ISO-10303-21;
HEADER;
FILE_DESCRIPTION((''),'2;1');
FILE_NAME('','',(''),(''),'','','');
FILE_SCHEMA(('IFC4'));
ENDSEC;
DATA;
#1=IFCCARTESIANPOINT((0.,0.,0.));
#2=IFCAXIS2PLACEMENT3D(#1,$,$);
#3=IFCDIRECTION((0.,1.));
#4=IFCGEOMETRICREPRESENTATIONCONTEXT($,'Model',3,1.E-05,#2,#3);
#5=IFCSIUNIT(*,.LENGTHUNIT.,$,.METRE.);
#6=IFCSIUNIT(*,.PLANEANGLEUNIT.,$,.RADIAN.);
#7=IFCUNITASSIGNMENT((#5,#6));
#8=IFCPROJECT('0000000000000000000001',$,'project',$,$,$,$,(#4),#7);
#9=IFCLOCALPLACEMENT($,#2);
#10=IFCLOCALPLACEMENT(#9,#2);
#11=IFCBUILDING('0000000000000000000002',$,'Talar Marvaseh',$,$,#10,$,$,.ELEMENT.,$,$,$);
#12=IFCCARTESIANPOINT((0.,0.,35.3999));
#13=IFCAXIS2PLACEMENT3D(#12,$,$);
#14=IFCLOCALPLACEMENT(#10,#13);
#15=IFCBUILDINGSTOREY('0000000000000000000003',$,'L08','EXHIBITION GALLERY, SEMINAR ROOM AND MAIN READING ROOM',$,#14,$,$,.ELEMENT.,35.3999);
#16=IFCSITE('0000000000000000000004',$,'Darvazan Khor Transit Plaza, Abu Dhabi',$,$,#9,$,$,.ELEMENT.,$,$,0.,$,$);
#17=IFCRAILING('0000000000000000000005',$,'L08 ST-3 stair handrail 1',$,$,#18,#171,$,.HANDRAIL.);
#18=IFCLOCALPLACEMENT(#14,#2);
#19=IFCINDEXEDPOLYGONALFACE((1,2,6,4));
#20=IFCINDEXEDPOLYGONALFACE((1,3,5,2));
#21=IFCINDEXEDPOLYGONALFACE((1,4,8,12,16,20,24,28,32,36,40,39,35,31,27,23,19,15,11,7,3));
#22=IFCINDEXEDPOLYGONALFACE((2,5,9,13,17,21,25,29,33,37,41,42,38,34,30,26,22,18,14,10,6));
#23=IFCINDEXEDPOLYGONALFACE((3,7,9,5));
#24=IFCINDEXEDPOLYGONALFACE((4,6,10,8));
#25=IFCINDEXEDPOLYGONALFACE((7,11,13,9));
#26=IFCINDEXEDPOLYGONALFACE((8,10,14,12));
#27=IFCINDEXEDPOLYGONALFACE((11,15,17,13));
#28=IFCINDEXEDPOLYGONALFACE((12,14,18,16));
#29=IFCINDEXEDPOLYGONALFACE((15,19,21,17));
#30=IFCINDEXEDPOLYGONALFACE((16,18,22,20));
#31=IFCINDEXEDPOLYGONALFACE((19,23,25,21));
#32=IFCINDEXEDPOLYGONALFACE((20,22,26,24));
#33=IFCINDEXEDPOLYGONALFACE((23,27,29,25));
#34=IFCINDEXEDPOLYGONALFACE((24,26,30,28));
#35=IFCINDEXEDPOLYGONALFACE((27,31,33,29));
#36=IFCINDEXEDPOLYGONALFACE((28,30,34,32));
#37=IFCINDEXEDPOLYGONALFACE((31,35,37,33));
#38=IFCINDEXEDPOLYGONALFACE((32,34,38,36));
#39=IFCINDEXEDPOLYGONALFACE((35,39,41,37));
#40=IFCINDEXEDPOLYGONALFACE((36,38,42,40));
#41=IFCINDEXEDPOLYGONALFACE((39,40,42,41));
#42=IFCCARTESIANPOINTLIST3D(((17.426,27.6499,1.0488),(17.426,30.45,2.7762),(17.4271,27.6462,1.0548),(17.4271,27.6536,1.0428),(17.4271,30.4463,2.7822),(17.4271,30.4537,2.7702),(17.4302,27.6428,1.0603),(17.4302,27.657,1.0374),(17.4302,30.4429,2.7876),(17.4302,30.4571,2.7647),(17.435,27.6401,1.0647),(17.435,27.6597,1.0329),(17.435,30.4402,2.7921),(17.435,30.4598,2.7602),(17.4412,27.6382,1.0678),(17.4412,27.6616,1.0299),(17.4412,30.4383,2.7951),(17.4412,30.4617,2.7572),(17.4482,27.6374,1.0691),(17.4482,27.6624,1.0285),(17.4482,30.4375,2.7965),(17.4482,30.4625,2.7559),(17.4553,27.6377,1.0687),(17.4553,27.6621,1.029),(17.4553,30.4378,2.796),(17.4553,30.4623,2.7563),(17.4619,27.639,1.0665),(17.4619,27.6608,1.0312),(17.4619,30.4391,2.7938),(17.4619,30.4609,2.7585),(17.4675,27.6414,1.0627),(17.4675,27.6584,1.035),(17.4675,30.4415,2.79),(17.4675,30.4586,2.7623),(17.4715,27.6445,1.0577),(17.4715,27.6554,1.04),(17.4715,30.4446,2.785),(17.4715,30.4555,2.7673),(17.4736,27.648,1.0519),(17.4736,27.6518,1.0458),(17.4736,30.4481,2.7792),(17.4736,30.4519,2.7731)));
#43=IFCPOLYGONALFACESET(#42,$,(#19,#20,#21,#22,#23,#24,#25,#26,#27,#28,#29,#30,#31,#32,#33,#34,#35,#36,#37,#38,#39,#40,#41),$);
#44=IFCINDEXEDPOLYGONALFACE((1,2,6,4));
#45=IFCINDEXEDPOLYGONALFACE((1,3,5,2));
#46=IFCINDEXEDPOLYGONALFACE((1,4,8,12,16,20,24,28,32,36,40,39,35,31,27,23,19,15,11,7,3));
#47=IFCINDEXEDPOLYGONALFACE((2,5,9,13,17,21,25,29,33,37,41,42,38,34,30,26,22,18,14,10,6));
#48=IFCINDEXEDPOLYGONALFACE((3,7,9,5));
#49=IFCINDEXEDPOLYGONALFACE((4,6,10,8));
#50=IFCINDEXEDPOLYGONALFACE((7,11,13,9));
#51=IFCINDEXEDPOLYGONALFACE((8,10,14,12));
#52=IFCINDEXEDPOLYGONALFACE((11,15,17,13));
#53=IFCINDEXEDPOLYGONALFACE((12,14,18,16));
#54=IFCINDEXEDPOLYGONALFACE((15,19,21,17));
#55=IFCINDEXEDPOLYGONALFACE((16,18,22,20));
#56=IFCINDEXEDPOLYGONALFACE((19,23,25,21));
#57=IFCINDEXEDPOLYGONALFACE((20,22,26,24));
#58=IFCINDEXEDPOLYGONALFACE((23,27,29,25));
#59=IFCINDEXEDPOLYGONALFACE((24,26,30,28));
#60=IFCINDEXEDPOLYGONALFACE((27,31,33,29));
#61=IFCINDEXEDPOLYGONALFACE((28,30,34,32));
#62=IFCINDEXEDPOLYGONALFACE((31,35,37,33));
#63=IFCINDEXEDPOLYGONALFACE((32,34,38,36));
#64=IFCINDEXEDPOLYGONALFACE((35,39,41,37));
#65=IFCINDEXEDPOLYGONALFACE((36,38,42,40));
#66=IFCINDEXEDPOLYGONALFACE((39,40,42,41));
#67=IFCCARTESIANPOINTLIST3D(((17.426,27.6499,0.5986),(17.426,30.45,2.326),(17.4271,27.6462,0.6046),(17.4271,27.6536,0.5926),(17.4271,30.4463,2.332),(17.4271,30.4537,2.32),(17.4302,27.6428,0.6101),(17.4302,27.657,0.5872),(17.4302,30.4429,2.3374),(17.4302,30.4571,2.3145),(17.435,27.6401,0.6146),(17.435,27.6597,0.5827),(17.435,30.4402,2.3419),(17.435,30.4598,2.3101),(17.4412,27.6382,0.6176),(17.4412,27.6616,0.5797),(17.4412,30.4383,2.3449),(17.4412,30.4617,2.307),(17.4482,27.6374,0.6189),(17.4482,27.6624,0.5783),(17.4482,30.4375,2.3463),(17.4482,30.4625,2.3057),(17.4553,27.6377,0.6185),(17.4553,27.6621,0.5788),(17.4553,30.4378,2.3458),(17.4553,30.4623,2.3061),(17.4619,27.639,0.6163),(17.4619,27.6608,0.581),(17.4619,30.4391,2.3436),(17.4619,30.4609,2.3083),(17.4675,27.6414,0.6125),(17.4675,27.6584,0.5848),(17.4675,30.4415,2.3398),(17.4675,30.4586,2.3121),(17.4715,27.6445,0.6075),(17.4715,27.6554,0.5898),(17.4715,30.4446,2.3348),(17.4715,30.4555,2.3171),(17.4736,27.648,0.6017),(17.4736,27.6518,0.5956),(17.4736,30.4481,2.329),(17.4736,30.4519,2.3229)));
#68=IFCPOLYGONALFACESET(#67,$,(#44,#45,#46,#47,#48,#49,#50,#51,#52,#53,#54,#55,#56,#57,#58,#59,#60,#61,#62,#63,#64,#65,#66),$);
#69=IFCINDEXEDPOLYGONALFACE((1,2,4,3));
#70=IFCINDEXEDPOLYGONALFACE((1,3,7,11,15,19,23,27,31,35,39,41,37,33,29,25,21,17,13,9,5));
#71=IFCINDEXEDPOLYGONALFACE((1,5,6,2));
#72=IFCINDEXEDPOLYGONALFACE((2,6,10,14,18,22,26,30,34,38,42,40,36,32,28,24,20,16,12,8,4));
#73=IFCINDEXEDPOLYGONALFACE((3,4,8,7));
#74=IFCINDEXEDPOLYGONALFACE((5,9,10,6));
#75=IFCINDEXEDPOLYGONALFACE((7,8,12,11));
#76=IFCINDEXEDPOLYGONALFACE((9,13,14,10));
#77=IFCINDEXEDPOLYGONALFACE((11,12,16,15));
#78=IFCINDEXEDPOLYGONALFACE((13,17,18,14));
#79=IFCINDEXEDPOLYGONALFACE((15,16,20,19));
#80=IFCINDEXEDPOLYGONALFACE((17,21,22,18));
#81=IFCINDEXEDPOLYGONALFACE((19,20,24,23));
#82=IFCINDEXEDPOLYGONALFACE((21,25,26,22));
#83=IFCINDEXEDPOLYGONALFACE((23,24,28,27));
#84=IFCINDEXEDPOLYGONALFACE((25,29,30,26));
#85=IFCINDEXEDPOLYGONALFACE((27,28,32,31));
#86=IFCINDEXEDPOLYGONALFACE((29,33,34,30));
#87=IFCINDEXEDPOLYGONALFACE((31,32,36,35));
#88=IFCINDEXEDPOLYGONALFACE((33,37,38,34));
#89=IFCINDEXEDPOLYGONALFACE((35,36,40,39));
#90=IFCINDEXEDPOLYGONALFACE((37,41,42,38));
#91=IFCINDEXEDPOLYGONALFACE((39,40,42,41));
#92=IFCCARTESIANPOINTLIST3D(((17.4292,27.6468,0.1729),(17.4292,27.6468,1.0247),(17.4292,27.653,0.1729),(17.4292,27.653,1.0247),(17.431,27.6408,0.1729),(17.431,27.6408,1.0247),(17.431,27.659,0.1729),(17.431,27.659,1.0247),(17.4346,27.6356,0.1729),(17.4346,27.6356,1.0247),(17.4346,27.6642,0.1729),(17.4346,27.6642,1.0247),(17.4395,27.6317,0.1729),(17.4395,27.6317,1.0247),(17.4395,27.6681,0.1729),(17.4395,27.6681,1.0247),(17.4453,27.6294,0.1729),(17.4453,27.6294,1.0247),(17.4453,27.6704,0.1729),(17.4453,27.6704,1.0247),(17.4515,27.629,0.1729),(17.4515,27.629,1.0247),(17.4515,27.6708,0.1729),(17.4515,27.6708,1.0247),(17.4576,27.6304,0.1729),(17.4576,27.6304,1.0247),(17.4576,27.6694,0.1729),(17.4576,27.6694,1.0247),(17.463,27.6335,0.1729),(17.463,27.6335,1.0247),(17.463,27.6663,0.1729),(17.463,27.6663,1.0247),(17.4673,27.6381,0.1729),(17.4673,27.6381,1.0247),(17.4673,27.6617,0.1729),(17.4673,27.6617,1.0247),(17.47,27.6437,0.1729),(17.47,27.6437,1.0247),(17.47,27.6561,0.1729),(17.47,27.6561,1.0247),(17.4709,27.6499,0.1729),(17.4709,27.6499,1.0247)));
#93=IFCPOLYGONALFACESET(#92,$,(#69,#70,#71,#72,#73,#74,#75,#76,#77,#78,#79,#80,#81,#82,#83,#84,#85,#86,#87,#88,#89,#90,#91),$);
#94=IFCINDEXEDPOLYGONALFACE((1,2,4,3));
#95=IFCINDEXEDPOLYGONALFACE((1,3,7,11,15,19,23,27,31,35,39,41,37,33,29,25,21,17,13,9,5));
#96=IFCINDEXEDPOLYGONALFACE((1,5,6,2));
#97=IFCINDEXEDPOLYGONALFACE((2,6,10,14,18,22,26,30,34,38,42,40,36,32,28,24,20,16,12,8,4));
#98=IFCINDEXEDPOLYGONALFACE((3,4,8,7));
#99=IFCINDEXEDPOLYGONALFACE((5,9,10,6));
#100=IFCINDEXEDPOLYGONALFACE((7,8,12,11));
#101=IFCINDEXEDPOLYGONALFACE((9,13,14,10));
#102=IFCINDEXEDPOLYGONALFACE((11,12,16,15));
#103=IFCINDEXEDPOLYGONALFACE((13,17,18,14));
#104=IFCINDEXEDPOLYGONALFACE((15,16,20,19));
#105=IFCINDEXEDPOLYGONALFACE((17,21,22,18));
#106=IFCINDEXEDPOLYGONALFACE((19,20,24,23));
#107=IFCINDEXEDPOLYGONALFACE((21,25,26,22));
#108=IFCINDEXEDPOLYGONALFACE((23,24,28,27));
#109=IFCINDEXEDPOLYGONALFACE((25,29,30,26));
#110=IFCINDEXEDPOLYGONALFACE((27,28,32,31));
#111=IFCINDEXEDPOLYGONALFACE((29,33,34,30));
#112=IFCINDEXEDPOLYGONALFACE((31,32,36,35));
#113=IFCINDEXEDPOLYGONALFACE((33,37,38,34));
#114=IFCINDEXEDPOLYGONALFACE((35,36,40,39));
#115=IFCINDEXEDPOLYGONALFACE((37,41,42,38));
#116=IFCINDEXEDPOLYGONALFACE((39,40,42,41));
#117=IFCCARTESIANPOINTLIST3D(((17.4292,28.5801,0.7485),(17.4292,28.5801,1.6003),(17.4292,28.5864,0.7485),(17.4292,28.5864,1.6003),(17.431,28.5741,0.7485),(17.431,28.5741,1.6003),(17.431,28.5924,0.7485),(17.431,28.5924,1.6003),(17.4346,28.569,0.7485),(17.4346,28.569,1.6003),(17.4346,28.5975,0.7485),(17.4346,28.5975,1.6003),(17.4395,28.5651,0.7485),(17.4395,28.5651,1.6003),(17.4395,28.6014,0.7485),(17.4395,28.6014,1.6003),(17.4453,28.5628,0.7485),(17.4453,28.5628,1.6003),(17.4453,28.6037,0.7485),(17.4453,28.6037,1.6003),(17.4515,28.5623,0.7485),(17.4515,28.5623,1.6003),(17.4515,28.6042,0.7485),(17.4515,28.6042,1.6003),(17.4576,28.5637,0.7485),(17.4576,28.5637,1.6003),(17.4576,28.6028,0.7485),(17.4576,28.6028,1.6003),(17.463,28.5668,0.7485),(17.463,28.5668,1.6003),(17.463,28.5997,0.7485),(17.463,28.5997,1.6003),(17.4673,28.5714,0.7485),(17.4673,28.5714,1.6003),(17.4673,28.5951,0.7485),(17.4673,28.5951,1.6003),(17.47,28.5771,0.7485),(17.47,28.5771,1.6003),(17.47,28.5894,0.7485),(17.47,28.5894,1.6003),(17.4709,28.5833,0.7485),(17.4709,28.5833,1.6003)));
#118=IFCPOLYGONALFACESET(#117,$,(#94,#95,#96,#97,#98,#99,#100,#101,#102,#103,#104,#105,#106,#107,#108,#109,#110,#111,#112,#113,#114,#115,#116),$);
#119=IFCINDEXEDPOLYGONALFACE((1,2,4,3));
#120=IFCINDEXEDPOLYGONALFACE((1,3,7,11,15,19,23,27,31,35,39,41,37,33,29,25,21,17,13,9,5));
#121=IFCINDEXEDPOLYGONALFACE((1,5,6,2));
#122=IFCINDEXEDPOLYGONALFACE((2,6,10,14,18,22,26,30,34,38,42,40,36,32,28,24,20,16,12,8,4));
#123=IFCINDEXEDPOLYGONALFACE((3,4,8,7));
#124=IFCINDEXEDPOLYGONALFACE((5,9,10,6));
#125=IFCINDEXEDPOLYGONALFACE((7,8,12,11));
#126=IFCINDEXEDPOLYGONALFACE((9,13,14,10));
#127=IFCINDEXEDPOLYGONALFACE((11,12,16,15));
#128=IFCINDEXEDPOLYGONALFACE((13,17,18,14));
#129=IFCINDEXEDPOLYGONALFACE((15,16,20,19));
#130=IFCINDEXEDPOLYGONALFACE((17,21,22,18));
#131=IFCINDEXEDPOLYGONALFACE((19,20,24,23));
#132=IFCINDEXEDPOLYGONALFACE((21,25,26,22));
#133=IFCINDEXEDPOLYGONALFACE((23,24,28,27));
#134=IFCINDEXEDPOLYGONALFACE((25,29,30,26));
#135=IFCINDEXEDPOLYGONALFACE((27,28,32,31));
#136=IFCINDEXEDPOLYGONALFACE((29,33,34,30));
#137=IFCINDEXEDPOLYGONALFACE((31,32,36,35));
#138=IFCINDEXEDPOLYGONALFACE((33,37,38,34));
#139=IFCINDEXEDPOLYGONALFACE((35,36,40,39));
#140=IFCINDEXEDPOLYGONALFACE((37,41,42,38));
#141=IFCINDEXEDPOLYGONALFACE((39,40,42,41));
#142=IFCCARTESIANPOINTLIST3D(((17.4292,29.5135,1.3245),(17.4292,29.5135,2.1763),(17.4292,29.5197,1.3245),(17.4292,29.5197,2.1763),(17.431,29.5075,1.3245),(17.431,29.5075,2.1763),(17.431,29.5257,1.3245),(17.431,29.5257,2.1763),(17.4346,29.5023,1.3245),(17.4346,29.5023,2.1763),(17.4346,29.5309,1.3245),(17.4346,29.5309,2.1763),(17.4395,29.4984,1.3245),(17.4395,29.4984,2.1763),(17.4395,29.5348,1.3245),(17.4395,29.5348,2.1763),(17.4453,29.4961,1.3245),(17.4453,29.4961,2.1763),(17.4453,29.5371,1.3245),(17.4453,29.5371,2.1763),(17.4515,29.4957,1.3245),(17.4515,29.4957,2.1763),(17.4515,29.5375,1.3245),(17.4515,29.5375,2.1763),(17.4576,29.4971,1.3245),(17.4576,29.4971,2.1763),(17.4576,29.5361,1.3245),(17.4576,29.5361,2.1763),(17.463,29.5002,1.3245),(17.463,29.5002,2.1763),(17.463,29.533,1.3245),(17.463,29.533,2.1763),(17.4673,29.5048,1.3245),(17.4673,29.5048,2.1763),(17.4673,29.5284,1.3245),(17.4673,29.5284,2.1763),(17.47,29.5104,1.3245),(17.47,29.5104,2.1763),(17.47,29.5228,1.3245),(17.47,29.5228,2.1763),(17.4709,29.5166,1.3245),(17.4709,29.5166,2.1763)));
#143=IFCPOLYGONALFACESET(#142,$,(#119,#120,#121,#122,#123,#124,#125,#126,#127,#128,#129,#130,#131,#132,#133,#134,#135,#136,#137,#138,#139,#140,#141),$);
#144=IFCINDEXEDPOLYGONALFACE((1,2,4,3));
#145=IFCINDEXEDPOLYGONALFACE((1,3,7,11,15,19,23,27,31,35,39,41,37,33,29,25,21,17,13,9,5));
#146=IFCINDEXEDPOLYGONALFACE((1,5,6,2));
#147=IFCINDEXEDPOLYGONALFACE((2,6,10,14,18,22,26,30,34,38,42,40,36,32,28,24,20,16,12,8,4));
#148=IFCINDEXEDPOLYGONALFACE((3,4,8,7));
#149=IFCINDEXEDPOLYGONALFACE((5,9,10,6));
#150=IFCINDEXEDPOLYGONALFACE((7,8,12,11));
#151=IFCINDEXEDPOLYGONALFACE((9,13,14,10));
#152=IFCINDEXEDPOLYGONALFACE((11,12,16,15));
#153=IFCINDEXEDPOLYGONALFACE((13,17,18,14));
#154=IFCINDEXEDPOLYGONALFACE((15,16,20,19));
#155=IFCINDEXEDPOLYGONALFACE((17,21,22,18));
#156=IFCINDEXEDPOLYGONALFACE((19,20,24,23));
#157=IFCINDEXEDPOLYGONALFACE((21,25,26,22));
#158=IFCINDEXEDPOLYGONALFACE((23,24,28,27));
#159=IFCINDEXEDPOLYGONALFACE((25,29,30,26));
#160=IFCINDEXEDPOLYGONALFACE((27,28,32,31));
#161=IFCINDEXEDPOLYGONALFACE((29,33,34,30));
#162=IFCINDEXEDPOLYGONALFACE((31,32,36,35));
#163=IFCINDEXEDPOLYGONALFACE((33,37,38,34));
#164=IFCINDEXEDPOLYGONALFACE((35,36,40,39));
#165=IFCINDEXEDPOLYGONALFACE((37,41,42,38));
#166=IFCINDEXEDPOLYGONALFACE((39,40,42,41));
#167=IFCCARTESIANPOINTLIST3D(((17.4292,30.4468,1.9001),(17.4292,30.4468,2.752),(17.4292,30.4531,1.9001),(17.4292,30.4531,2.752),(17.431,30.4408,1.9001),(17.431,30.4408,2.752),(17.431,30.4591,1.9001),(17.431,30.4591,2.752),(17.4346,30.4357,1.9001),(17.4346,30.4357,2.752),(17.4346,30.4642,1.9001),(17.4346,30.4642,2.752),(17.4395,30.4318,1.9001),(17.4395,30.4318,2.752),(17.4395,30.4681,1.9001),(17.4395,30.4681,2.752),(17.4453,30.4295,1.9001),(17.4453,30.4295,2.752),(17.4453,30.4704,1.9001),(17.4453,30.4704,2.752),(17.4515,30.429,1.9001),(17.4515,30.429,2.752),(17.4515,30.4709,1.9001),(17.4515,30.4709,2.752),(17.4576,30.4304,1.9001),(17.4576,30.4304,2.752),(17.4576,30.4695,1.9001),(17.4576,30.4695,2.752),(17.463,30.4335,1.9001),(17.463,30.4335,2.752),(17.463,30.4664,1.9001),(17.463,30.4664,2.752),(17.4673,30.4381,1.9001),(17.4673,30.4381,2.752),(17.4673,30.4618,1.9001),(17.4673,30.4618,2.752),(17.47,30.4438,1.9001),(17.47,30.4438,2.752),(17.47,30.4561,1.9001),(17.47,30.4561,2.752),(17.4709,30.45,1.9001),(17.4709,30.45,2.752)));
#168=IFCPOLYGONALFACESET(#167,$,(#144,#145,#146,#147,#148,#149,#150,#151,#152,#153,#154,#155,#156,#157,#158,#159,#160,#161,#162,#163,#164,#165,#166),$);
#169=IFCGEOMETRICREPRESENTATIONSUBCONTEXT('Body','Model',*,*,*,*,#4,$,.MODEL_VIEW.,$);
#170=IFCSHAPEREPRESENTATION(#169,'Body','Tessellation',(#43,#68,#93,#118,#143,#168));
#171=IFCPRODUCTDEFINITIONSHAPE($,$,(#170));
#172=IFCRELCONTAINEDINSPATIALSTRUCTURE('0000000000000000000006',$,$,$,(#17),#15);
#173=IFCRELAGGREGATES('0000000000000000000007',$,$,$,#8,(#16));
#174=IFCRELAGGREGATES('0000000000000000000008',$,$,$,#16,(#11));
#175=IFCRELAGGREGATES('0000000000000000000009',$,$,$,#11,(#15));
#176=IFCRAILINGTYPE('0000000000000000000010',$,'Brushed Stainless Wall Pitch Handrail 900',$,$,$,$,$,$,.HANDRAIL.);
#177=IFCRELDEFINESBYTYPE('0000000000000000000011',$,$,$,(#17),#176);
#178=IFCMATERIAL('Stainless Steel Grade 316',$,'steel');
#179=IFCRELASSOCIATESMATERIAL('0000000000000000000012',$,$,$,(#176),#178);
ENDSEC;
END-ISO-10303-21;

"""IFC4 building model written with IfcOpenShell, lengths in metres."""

from ifc_helpers import new_model, si_unit, direction, frame, origin, origin_2d, place, context, subcontext, project, spatial, circle, extrude, material, type_object, element, save


model = new_model("IFC4")

# Units and contexts
model_context = context("Model", 3, precision=1e-05, world=origin(), true_north=direction((0.0, 1.0)))
body_context = subcontext(model_context, "Body", "Model", "MODEL_VIEW")
ifc_project = project(units=[si_unit("LENGTHUNIT", "METRE"), si_unit("PLANEANGLEUNIT", "RADIAN")], contexts=[model_context])

# Site, building, storey
site_placement = place(None, origin())
site = spatial("IfcSite", under=ifc_project, at=site_placement, Name="Darvazan Khor Transit Plaza, Abu Dhabi", CompositionType="ELEMENT", RefElevation=0.0)
building_placement = place(site_placement, origin())
building = spatial("IfcBuilding", under=site, at=building_placement, Name="Talar Marvaseh", CompositionType="ELEMENT")
storey_placement = place(building_placement, frame((0.0, 0.0, 35.3999)))
storey = spatial("IfcBuildingStorey", under=building, at=storey_placement, Name="L08", Description="EXHIBITION GALLERY, SEMINAR ROOM AND MAIN READING ROOM", CompositionType="ELEMENT", Elevation=35.3999)

# Railing
ifc_material_1 = material(Name="Stainless Steel Grade 316", Category="steel")
railing_type_1 = type_object("IfcRailingType", Name="Brushed Stainless Wall Pitch Handrail 900", PredefinedType="HANDRAIL", material=ifc_material_1)
railing_1_placement = place(storey_placement, frame((17.45, 27.6499, 0.1729)))
element("IfcRailing", 1, at=railing_1_placement, inside=storey, type_object=railing_type_1, Name="L08 ST-3 stair handrail 1", PredefinedType="HANDRAIL", context=body_context, shape_type="SweptSolid", body=[
    extrude(circle(Radius=0.0239, at=origin_2d()), frame((0.0, 0.0, 0.876), z_axis=(0.0, 0.85109, 0.52502), x_axis=(-1.0, 0.0, 0.0)), (0.0, 0.0, 1.0), 3.29),
    extrude(circle(Radius=0.0239, at=origin_2d()), frame((0.0, 0.0, 0.4258), z_axis=(0.0, 0.85109, 0.52502), x_axis=(-1.0, 0.0, 0.0)), (0.0, 0.0, 1.0), 3.29),
    extrude(circle(Radius=0.021, at=origin_2d()), origin(), (0.0, 0.0, 1.0), 0.8518),
    extrude(circle(Radius=0.021, at=origin_2d()), frame((0.0, 0.9333, 0.5757)), (0.0, 0.0, 1.0), 0.8518),
    extrude(circle(Radius=0.021, at=origin_2d()), frame((0.0, 1.8667, 1.1516)), (0.0, 0.0, 1.0), 0.8518),
    extrude(circle(Radius=0.021, at=origin_2d()), frame((0.0, 2.8, 1.7273)), (0.0, 0.0, 1.0), 0.8518),
])

save(model, "model.ifc")
